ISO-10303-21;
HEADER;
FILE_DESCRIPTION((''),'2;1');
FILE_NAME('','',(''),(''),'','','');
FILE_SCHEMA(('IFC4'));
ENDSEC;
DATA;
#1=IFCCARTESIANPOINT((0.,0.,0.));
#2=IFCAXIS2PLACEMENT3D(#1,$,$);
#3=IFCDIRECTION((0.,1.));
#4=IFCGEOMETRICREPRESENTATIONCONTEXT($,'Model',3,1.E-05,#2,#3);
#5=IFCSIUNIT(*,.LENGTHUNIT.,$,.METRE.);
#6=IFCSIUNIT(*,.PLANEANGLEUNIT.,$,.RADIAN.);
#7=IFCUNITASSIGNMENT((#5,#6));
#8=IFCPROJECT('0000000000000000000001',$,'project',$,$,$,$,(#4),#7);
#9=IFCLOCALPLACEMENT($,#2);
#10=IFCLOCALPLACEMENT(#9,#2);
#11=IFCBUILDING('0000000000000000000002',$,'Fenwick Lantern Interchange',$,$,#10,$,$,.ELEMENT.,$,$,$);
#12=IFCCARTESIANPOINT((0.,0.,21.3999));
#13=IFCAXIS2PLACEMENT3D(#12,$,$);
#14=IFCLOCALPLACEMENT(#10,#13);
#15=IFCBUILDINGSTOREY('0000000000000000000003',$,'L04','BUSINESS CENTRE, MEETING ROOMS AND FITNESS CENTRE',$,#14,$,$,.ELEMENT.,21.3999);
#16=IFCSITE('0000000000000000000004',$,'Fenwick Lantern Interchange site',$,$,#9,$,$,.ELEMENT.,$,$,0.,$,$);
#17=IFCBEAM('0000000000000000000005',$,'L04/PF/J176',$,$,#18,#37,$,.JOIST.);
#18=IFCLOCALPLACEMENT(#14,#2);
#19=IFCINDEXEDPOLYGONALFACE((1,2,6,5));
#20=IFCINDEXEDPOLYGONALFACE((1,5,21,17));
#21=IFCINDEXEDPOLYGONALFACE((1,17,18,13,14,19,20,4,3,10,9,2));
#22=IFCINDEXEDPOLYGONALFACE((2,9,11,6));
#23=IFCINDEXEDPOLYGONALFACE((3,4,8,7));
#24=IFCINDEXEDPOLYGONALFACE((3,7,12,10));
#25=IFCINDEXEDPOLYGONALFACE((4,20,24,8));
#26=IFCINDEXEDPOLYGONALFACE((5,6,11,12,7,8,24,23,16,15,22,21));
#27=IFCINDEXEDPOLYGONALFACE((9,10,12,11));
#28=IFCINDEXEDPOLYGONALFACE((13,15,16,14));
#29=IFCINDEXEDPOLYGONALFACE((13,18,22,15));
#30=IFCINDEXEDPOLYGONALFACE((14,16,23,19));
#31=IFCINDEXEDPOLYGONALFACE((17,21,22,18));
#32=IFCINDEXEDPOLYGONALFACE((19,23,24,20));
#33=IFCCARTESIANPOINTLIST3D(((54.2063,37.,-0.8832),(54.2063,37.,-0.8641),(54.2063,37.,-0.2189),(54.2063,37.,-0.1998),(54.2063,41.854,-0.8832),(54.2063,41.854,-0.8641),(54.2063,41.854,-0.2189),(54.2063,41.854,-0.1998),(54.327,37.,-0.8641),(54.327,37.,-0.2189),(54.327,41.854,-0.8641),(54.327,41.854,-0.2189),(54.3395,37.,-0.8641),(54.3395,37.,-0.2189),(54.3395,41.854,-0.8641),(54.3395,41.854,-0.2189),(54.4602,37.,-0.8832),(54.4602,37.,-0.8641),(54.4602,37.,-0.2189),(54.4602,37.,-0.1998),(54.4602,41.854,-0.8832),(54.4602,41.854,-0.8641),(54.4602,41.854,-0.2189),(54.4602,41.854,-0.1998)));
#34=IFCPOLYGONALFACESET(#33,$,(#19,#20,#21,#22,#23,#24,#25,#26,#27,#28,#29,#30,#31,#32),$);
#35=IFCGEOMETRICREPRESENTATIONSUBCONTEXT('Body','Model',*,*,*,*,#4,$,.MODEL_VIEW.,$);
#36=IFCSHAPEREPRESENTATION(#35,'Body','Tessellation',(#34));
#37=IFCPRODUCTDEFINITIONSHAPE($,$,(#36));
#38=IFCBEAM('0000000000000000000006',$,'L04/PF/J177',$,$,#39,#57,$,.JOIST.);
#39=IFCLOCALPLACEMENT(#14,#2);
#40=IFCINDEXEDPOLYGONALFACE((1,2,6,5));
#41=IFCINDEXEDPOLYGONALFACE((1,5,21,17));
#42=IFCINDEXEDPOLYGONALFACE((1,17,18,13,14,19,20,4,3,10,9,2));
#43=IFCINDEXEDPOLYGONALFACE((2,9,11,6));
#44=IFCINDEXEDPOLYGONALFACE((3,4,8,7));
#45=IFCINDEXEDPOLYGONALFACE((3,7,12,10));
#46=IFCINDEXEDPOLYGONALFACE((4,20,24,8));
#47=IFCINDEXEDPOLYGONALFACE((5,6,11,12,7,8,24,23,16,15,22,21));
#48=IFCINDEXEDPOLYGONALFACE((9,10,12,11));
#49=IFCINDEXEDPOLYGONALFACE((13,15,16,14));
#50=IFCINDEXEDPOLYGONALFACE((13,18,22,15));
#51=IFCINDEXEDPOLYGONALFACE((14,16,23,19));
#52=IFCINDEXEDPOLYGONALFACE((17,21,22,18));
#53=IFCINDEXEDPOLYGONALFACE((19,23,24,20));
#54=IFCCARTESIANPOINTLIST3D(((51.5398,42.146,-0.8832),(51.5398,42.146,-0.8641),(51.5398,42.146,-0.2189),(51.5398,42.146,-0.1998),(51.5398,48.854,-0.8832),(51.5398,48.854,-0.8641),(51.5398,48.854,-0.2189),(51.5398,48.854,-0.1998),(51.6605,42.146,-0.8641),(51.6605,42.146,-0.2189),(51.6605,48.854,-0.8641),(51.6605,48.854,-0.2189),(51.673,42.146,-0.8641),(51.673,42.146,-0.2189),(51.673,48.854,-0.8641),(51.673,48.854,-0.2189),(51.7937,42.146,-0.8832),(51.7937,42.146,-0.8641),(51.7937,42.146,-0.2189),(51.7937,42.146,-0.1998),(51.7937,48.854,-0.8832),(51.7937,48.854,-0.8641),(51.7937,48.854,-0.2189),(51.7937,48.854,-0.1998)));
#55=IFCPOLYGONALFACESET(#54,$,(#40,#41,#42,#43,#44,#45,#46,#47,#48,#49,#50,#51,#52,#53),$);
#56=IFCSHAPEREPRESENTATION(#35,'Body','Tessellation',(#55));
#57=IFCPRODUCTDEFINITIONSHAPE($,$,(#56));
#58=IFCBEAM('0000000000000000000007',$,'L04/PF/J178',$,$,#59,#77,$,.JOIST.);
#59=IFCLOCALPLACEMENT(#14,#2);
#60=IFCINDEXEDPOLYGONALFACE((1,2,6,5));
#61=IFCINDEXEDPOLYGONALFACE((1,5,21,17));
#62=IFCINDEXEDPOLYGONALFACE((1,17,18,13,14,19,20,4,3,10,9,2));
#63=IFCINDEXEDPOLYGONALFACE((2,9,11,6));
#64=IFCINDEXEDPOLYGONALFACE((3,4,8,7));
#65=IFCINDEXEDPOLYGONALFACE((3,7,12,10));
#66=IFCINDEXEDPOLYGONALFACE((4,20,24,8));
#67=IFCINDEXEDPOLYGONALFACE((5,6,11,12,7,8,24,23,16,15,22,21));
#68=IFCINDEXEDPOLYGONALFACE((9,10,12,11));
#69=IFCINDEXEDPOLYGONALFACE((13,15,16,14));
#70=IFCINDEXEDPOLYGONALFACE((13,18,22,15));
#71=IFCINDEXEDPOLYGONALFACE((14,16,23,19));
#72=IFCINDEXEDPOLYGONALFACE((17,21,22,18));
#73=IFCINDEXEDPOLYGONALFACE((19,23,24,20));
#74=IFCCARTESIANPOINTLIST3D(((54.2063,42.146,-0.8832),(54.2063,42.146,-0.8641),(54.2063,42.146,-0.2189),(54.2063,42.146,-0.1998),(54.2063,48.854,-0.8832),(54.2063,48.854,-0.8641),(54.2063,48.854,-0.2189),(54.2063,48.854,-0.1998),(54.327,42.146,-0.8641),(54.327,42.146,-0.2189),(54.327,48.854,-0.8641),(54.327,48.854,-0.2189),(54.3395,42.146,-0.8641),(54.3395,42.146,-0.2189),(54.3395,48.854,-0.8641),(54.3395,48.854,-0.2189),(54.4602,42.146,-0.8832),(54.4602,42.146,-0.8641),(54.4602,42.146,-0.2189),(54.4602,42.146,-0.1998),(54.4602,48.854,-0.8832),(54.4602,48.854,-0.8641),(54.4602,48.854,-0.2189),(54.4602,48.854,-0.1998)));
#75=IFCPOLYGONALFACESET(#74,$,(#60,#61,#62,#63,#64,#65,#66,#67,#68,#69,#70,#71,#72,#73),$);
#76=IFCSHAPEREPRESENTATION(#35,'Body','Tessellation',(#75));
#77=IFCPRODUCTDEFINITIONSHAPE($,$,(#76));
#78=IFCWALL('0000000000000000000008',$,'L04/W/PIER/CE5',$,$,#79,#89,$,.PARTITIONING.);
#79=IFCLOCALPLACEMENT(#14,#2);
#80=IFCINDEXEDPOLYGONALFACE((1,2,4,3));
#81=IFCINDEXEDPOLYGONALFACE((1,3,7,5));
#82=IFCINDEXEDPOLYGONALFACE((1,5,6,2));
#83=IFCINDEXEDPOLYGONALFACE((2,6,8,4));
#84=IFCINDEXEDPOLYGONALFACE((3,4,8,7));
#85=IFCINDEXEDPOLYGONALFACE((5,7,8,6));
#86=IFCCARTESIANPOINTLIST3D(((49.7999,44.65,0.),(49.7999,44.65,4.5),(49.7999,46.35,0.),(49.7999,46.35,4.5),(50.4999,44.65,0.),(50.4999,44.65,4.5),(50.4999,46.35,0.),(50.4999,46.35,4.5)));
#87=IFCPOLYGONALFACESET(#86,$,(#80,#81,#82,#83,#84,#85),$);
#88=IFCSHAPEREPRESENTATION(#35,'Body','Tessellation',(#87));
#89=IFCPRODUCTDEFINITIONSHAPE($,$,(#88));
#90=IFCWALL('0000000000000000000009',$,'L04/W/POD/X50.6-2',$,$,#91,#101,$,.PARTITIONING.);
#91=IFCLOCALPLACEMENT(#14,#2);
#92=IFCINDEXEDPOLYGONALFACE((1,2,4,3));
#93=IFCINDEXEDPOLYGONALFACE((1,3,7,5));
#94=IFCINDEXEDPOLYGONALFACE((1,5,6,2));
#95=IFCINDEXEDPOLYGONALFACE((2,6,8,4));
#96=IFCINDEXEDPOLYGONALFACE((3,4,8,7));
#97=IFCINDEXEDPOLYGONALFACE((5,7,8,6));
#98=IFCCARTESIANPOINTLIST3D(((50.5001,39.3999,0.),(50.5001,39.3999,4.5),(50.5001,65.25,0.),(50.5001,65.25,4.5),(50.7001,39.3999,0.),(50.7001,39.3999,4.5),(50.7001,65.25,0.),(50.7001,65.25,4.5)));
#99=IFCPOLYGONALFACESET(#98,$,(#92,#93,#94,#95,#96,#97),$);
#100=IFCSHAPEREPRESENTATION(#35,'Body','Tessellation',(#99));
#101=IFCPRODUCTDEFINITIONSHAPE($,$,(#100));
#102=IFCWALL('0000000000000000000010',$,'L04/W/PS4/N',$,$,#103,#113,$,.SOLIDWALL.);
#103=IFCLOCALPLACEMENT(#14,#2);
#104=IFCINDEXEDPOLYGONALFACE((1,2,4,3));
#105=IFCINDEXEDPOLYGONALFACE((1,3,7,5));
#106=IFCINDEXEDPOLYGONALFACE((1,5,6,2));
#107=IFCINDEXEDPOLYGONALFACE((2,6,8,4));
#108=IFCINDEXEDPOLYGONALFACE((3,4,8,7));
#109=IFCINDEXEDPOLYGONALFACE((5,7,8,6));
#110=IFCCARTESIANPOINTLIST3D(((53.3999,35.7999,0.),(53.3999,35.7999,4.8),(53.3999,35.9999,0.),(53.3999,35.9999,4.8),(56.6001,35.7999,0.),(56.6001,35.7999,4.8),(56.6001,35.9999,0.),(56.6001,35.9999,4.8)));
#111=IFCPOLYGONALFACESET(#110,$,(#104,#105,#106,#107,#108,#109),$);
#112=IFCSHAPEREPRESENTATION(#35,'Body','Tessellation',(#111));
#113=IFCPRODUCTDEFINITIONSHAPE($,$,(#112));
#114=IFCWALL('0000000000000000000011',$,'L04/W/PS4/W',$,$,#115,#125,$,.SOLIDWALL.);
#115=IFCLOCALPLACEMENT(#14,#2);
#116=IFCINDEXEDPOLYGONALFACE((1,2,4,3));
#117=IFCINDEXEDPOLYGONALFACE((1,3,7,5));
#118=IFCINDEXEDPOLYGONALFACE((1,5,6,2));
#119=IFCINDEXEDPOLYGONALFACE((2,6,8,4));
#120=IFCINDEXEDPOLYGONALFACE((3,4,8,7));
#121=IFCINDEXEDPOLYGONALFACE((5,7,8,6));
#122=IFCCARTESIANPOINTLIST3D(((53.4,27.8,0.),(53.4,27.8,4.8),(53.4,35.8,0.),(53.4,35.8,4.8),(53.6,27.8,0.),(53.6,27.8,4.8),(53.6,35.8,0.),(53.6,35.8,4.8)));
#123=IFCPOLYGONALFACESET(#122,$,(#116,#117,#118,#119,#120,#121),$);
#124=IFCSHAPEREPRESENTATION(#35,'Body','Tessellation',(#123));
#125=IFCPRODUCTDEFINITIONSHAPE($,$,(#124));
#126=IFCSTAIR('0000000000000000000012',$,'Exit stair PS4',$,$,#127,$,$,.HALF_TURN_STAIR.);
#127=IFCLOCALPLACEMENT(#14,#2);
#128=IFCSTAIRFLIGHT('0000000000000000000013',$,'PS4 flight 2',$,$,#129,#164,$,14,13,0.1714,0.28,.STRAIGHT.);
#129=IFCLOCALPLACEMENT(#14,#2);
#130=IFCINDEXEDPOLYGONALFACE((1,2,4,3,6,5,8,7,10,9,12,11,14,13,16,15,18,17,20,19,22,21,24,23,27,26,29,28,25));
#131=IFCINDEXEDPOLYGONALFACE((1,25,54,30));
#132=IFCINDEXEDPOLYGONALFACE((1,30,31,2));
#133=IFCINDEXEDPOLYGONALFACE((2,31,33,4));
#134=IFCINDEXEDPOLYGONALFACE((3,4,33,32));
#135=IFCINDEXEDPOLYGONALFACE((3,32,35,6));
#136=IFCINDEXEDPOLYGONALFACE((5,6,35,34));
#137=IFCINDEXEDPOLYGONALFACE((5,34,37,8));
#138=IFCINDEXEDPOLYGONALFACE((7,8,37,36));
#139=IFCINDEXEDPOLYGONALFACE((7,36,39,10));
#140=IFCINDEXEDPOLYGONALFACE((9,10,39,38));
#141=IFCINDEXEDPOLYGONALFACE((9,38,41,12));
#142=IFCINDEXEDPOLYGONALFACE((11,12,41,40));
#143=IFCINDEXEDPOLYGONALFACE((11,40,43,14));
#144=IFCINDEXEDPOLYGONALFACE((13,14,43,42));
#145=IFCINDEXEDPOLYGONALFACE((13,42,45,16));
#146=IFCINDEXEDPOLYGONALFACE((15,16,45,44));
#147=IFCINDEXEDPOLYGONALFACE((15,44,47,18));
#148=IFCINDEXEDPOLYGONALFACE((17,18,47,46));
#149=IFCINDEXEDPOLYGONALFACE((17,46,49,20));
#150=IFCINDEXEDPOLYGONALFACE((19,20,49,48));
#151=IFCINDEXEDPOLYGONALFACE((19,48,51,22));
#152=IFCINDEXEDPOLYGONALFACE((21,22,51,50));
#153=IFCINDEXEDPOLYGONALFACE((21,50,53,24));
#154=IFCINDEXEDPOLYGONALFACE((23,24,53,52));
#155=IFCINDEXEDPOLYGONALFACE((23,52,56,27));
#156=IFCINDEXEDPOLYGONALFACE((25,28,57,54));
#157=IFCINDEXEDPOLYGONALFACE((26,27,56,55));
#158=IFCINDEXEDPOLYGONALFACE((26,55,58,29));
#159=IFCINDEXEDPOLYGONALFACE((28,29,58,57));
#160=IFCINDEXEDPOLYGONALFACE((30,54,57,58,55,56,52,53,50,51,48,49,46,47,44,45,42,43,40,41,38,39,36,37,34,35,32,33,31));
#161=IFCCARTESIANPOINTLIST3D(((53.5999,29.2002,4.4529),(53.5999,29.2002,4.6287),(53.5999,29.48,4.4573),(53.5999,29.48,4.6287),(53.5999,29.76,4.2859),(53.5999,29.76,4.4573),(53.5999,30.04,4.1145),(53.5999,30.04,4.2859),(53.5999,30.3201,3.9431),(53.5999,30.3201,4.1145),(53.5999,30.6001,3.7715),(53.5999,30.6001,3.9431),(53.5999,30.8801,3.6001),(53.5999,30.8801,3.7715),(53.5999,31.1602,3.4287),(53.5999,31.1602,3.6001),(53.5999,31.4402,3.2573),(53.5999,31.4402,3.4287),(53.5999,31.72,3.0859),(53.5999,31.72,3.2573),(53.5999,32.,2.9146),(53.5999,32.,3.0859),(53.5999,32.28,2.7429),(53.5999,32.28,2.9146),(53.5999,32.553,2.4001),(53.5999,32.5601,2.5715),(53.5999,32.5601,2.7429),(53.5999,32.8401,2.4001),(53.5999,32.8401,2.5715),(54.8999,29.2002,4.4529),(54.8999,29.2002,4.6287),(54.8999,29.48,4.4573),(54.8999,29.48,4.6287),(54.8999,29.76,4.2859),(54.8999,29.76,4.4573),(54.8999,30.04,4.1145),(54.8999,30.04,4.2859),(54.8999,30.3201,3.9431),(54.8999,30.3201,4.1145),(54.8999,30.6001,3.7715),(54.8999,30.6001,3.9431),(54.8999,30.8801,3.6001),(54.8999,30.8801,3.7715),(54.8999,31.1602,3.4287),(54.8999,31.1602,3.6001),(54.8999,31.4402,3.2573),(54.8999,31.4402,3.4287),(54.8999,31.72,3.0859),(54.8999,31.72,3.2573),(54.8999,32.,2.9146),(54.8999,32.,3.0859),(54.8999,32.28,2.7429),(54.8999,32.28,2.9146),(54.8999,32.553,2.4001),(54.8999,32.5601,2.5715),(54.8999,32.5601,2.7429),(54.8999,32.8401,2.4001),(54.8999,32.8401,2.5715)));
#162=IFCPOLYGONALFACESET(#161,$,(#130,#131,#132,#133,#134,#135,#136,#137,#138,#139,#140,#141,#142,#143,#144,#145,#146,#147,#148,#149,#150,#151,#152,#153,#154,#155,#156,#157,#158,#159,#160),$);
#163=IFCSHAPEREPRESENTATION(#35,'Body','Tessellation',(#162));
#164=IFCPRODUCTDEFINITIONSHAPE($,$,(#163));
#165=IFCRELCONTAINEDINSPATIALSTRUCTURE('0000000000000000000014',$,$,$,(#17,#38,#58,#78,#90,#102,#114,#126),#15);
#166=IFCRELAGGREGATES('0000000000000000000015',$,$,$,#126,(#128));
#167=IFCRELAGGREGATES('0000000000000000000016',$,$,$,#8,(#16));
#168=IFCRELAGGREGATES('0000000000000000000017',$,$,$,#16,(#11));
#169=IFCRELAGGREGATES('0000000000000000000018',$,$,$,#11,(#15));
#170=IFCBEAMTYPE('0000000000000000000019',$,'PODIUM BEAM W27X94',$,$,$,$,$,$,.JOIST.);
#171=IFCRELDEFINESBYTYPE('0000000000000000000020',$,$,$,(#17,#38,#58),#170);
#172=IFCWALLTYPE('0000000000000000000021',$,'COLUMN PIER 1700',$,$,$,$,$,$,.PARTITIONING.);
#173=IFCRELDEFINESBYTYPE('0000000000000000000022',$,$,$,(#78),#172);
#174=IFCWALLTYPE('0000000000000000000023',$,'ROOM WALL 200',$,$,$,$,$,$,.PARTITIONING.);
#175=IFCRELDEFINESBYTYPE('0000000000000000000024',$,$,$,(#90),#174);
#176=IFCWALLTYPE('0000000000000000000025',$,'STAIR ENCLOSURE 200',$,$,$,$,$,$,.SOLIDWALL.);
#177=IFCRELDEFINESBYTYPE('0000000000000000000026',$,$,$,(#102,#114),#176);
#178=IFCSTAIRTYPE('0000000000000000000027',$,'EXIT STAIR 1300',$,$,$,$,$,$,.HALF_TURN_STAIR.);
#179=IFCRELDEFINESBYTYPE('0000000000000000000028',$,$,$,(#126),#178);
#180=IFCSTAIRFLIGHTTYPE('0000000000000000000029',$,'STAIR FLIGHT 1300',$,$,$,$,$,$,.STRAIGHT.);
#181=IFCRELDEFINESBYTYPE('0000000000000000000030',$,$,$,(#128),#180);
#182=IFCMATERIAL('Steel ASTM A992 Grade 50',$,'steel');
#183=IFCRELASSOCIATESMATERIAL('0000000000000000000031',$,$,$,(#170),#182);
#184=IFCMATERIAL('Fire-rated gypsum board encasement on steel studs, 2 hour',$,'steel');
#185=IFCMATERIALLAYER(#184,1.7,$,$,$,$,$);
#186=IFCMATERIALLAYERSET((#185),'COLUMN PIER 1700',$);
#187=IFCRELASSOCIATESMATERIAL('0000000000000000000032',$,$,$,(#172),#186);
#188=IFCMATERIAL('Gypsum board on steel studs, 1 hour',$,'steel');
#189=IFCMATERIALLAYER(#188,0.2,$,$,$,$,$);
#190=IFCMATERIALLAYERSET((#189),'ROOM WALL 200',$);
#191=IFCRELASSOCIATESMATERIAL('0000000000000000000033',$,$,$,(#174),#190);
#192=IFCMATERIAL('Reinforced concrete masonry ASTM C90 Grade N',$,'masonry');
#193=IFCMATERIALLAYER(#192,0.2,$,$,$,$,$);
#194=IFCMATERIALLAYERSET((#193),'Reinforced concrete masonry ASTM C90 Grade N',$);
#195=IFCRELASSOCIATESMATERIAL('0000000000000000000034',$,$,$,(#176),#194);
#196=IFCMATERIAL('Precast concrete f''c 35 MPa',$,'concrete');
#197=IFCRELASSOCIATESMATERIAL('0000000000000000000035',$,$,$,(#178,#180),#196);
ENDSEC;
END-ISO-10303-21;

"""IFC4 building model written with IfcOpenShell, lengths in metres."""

from ifc_helpers import new_model, si_unit, direction, frame, frame_2d, origin, origin_2d, place, context, subcontext, project, spatial, polyline, rectangle, i_section, outline, extrude, material, layer, layer_set, material_profile, profile_set, type_object, element, aggregate, save


model = new_model("IFC4")

# Units and contexts
model_context = context("Model", 3, precision=1e-05, world=origin(), true_north=direction((0.0, 1.0)))
body_context = subcontext(model_context, "Body", "Model", "MODEL_VIEW")
ifc_project = project(units=[si_unit("LENGTHUNIT", "METRE"), si_unit("PLANEANGLEUNIT", "RADIAN")], contexts=[model_context])

# Site, building, storey
site_placement = place(None, origin())
site = spatial("IfcSite", under=ifc_project, at=site_placement, Name="Fenwick Lantern Interchange site", CompositionType="ELEMENT", RefElevation=0.0)
building_placement = place(site_placement, origin())
building = spatial("IfcBuilding", under=site, at=building_placement, Name="Fenwick Lantern Interchange", CompositionType="ELEMENT")
storey_placement = place(building_placement, frame((0.0, 0.0, 21.3999)))
storey = spatial("IfcBuildingStorey", under=building, at=storey_placement, Name="L04", Description="BUSINESS CENTRE, MEETING ROOMS AND FITNESS CENTRE", CompositionType="ELEMENT", Elevation=21.3999)

# Shared definitions
ifc_material_1 = material(Name="Steel ASTM A992 Grade 50", Category="steel")

# Beams
ifc_material_profile_1 = material_profile(ifc_material_1, i_section(OverallWidth=0.2539, OverallDepth=0.6833, WebThickness=0.0125, FlangeThickness=0.019, at=origin_2d()), Name="W27X94")
ifc_profile_set_1 = profile_set([ifc_material_profile_1], Name="Steel ASTM A992 Grade 50")
beam_type_1 = type_object("IfcBeamType", Name="PODIUM BEAM W27X94", PredefinedType="JOIST", material=ifc_profile_set_1)
beam_1_placement = place(storey_placement, frame((54.3333, 37.0, -0.5415), z_axis=(0.0, 1.0, 0.0), x_axis=(-1.0, 0.0, 0.0)))
element("IfcBeam", 1, at=beam_1_placement, inside=storey, type_object=beam_type_1, Name="L04/PF/J176", PredefinedType="JOIST", context=body_context, shape_type="SweptSolid", body=[
    extrude(i_section(OverallWidth=0.2539, OverallDepth=0.6833, WebThickness=0.0125, FlangeThickness=0.019, at=origin_2d()), origin(), (0.0, 0.0, 1.0), 4.854),
])
for number, where, z_axis, x_axis, name in (
    (2, (51.6667, 42.146, -0.5415), (0.0, 1.0, 0.0), (-1.0, 0.0, 0.0), "L04/PF/J177"),
    (3, (54.3333, 42.146, -0.5415), (0.0, 1.0, 0.0), (-1.0, 0.0, 0.0), "L04/PF/J178"),
):
    element("IfcBeam", number, at=place(storey_placement, frame(where, z_axis=z_axis, x_axis=x_axis)), inside=storey, type_object=beam_type_1, Name=name, PredefinedType="JOIST", context=body_context, shape_type="SweptSolid", body=[
        extrude(i_section(OverallWidth=0.2539, OverallDepth=0.6833, WebThickness=0.0125, FlangeThickness=0.019, at=origin_2d()), origin(), (0.0, 0.0, 1.0), 6.708),
    ])

# Walls
ifc_material_2 = material(Name="Fire-rated gypsum board encasement on steel studs, 2 hour", Category="steel")
ifc_layer_1 = layer(ifc_material_2, 1.7)
ifc_layer_set_1 = layer_set([ifc_layer_1], Name="COLUMN PIER 1700")
wall_type_1 = type_object("IfcWallType", Name="COLUMN PIER 1700", PredefinedType="PARTITIONING", material=ifc_layer_set_1)
wall_1_placement = place(storey_placement, frame((50.5, 45.5, 0.0), z_axis=(0.0, 0.0, 1.0), x_axis=(-1.0, 0.0, 0.0)))
element("IfcWall", 4, at=wall_1_placement, inside=storey, type_object=wall_type_1, Name="L04/W/PIER/CE5", PredefinedType="PARTITIONING", context=body_context, shape_type="SweptSolid", body=[
    extrude(rectangle(XDim=0.7, YDim=1.7, at=frame_2d((0.3501, 0.0))), origin(), (0.0, 0.0, 1.0), 4.5),
])
ifc_material_3 = material(Name="Gypsum board on steel studs, 1 hour", Category="steel")
ifc_layer_2 = layer(ifc_material_3, 0.2)
ifc_layer_set_2 = layer_set([ifc_layer_2], Name="ROOM WALL 200")
wall_type_2 = type_object("IfcWallType", Name="ROOM WALL 200", PredefinedType="PARTITIONING", material=ifc_layer_set_2)
wall_2_placement = place(storey_placement, frame((50.6001, 39.3999, 0.0), z_axis=(0.0, 0.0, 1.0), x_axis=(0.0, 1.0, 0.0)))
element("IfcWall", 5, at=wall_2_placement, inside=storey, type_object=wall_type_2, Name="L04/W/POD/X50.6-2", PredefinedType="PARTITIONING", context=body_context, shape_type="SweptSolid", body=[
    extrude(rectangle(XDim=25.8501, YDim=0.2, at=frame_2d((12.925, 0.0))), origin(), (0.0, 0.0, 1.0), 4.5),
])

# Walls
ifc_material_4 = material(Name="Reinforced concrete masonry ASTM C90 Grade N", Category="masonry")
ifc_layer_3 = layer(ifc_material_4, 0.2)
ifc_layer_set_3 = layer_set([ifc_layer_3], Name="Reinforced concrete masonry ASTM C90 Grade N")
wall_type_3 = type_object("IfcWallType", Name="STAIR ENCLOSURE 200", PredefinedType="SOLIDWALL", material=ifc_layer_set_3)
wall_3_placement = place(storey_placement, frame((56.6001, 35.8999, 0.0), z_axis=(0.0, 0.0, 1.0), x_axis=(-1.0, 0.0, 0.0)))
element("IfcWall", 6, at=wall_3_placement, inside=storey, type_object=wall_type_3, Name="L04/W/PS4/N", PredefinedType="SOLIDWALL", context=body_context, shape_type="SweptSolid", body=[
    extrude(rectangle(XDim=3.2002, YDim=0.2, at=frame_2d((1.6001, 0.0))), origin(), (0.0, 0.0, 1.0), 4.8),
])
wall_4_placement = place(storey_placement, frame((53.5, 35.8, 0.0), z_axis=(0.0, 0.0, 1.0), x_axis=(0.0, -1.0, 0.0)))
element("IfcWall", 7, at=wall_4_placement, inside=storey, type_object=wall_type_3, Name="L04/W/PS4/W", PredefinedType="SOLIDWALL", context=body_context, shape_type="SweptSolid", body=[
    extrude(rectangle(XDim=8.0, YDim=0.2, at=frame_2d((4.0, 0.0))), origin(), (0.0, 0.0, 1.0), 4.8),
])

# Stair, stair flight
ifc_material_5 = material(Name="Precast concrete f'c 35 MPa", Category="concrete")
stair_type = type_object("IfcStairType", Name="EXIT STAIR 1300", PredefinedType="HALF_TURN_STAIR", material=ifc_material_5)
stair_placement = place(storey_placement, origin())
stair = element("IfcStair", 8, at=stair_placement, inside=storey, type_object=stair_type, Name="Exit stair PS4", PredefinedType="HALF_TURN_STAIR")
stair_flight_type = type_object("IfcStairFlightType", Name="STAIR FLIGHT 1300", PredefinedType="STRAIGHT", material=ifc_material_5)
stair_flight_placement = place(storey_placement, frame((54.25, 32.8401, 2.4001), z_axis=(0.0, 0.0, 1.0), x_axis=(0.0, -1.0, 0.0)))
stair_flight = element("IfcStairFlight", 9, at=stair_flight_placement, type_object=stair_flight_type, Name="PS4 flight 2", NumberOfRisers=14, NumberOfTreads=13, PredefinedType="STRAIGHT", RiserHeight=0.1714, TreadLength=0.28, context=body_context, shape_type="SweptSolid", body=[
    extrude(outline(polyline([(0.0, 0.0), (0.0, 0.1714), (0.28, 0.1714), (0.28, 0.3428), (0.5601, 0.3428), (0.5601, 0.5144), (0.8401, 0.5144), (0.8401, 0.6858), (1.1201, 0.6858), (1.1201, 0.8572), (1.3999, 0.8572), (1.3999, 1.0286), (1.6799, 1.0286), (1.6799, 1.2), (1.96, 1.2), (1.96, 1.3713), (2.24, 1.3713), (2.24, 1.543), (2.52, 1.543), (2.52, 1.7144), (2.8, 1.7144), (2.8, 1.8857), (3.0801, 1.8857), (3.0801, 2.0571), (3.3601, 2.0571), (3.3601, 2.2285), (3.6399, 2.2285), (3.6399, 2.3999), (3.6399, 2.0527), (0.2871, 0.0), (0.0, 0.0)])), frame((0.0, 0.6499, 0.0), z_axis=(0.0, -1.0, 0.0), x_axis=(1.0, 0.0, 0.0)), (0.0, 0.0, 1.0), 1.3),
])
aggregate(stair, [stair_flight])

save(model, "model.ifc")
